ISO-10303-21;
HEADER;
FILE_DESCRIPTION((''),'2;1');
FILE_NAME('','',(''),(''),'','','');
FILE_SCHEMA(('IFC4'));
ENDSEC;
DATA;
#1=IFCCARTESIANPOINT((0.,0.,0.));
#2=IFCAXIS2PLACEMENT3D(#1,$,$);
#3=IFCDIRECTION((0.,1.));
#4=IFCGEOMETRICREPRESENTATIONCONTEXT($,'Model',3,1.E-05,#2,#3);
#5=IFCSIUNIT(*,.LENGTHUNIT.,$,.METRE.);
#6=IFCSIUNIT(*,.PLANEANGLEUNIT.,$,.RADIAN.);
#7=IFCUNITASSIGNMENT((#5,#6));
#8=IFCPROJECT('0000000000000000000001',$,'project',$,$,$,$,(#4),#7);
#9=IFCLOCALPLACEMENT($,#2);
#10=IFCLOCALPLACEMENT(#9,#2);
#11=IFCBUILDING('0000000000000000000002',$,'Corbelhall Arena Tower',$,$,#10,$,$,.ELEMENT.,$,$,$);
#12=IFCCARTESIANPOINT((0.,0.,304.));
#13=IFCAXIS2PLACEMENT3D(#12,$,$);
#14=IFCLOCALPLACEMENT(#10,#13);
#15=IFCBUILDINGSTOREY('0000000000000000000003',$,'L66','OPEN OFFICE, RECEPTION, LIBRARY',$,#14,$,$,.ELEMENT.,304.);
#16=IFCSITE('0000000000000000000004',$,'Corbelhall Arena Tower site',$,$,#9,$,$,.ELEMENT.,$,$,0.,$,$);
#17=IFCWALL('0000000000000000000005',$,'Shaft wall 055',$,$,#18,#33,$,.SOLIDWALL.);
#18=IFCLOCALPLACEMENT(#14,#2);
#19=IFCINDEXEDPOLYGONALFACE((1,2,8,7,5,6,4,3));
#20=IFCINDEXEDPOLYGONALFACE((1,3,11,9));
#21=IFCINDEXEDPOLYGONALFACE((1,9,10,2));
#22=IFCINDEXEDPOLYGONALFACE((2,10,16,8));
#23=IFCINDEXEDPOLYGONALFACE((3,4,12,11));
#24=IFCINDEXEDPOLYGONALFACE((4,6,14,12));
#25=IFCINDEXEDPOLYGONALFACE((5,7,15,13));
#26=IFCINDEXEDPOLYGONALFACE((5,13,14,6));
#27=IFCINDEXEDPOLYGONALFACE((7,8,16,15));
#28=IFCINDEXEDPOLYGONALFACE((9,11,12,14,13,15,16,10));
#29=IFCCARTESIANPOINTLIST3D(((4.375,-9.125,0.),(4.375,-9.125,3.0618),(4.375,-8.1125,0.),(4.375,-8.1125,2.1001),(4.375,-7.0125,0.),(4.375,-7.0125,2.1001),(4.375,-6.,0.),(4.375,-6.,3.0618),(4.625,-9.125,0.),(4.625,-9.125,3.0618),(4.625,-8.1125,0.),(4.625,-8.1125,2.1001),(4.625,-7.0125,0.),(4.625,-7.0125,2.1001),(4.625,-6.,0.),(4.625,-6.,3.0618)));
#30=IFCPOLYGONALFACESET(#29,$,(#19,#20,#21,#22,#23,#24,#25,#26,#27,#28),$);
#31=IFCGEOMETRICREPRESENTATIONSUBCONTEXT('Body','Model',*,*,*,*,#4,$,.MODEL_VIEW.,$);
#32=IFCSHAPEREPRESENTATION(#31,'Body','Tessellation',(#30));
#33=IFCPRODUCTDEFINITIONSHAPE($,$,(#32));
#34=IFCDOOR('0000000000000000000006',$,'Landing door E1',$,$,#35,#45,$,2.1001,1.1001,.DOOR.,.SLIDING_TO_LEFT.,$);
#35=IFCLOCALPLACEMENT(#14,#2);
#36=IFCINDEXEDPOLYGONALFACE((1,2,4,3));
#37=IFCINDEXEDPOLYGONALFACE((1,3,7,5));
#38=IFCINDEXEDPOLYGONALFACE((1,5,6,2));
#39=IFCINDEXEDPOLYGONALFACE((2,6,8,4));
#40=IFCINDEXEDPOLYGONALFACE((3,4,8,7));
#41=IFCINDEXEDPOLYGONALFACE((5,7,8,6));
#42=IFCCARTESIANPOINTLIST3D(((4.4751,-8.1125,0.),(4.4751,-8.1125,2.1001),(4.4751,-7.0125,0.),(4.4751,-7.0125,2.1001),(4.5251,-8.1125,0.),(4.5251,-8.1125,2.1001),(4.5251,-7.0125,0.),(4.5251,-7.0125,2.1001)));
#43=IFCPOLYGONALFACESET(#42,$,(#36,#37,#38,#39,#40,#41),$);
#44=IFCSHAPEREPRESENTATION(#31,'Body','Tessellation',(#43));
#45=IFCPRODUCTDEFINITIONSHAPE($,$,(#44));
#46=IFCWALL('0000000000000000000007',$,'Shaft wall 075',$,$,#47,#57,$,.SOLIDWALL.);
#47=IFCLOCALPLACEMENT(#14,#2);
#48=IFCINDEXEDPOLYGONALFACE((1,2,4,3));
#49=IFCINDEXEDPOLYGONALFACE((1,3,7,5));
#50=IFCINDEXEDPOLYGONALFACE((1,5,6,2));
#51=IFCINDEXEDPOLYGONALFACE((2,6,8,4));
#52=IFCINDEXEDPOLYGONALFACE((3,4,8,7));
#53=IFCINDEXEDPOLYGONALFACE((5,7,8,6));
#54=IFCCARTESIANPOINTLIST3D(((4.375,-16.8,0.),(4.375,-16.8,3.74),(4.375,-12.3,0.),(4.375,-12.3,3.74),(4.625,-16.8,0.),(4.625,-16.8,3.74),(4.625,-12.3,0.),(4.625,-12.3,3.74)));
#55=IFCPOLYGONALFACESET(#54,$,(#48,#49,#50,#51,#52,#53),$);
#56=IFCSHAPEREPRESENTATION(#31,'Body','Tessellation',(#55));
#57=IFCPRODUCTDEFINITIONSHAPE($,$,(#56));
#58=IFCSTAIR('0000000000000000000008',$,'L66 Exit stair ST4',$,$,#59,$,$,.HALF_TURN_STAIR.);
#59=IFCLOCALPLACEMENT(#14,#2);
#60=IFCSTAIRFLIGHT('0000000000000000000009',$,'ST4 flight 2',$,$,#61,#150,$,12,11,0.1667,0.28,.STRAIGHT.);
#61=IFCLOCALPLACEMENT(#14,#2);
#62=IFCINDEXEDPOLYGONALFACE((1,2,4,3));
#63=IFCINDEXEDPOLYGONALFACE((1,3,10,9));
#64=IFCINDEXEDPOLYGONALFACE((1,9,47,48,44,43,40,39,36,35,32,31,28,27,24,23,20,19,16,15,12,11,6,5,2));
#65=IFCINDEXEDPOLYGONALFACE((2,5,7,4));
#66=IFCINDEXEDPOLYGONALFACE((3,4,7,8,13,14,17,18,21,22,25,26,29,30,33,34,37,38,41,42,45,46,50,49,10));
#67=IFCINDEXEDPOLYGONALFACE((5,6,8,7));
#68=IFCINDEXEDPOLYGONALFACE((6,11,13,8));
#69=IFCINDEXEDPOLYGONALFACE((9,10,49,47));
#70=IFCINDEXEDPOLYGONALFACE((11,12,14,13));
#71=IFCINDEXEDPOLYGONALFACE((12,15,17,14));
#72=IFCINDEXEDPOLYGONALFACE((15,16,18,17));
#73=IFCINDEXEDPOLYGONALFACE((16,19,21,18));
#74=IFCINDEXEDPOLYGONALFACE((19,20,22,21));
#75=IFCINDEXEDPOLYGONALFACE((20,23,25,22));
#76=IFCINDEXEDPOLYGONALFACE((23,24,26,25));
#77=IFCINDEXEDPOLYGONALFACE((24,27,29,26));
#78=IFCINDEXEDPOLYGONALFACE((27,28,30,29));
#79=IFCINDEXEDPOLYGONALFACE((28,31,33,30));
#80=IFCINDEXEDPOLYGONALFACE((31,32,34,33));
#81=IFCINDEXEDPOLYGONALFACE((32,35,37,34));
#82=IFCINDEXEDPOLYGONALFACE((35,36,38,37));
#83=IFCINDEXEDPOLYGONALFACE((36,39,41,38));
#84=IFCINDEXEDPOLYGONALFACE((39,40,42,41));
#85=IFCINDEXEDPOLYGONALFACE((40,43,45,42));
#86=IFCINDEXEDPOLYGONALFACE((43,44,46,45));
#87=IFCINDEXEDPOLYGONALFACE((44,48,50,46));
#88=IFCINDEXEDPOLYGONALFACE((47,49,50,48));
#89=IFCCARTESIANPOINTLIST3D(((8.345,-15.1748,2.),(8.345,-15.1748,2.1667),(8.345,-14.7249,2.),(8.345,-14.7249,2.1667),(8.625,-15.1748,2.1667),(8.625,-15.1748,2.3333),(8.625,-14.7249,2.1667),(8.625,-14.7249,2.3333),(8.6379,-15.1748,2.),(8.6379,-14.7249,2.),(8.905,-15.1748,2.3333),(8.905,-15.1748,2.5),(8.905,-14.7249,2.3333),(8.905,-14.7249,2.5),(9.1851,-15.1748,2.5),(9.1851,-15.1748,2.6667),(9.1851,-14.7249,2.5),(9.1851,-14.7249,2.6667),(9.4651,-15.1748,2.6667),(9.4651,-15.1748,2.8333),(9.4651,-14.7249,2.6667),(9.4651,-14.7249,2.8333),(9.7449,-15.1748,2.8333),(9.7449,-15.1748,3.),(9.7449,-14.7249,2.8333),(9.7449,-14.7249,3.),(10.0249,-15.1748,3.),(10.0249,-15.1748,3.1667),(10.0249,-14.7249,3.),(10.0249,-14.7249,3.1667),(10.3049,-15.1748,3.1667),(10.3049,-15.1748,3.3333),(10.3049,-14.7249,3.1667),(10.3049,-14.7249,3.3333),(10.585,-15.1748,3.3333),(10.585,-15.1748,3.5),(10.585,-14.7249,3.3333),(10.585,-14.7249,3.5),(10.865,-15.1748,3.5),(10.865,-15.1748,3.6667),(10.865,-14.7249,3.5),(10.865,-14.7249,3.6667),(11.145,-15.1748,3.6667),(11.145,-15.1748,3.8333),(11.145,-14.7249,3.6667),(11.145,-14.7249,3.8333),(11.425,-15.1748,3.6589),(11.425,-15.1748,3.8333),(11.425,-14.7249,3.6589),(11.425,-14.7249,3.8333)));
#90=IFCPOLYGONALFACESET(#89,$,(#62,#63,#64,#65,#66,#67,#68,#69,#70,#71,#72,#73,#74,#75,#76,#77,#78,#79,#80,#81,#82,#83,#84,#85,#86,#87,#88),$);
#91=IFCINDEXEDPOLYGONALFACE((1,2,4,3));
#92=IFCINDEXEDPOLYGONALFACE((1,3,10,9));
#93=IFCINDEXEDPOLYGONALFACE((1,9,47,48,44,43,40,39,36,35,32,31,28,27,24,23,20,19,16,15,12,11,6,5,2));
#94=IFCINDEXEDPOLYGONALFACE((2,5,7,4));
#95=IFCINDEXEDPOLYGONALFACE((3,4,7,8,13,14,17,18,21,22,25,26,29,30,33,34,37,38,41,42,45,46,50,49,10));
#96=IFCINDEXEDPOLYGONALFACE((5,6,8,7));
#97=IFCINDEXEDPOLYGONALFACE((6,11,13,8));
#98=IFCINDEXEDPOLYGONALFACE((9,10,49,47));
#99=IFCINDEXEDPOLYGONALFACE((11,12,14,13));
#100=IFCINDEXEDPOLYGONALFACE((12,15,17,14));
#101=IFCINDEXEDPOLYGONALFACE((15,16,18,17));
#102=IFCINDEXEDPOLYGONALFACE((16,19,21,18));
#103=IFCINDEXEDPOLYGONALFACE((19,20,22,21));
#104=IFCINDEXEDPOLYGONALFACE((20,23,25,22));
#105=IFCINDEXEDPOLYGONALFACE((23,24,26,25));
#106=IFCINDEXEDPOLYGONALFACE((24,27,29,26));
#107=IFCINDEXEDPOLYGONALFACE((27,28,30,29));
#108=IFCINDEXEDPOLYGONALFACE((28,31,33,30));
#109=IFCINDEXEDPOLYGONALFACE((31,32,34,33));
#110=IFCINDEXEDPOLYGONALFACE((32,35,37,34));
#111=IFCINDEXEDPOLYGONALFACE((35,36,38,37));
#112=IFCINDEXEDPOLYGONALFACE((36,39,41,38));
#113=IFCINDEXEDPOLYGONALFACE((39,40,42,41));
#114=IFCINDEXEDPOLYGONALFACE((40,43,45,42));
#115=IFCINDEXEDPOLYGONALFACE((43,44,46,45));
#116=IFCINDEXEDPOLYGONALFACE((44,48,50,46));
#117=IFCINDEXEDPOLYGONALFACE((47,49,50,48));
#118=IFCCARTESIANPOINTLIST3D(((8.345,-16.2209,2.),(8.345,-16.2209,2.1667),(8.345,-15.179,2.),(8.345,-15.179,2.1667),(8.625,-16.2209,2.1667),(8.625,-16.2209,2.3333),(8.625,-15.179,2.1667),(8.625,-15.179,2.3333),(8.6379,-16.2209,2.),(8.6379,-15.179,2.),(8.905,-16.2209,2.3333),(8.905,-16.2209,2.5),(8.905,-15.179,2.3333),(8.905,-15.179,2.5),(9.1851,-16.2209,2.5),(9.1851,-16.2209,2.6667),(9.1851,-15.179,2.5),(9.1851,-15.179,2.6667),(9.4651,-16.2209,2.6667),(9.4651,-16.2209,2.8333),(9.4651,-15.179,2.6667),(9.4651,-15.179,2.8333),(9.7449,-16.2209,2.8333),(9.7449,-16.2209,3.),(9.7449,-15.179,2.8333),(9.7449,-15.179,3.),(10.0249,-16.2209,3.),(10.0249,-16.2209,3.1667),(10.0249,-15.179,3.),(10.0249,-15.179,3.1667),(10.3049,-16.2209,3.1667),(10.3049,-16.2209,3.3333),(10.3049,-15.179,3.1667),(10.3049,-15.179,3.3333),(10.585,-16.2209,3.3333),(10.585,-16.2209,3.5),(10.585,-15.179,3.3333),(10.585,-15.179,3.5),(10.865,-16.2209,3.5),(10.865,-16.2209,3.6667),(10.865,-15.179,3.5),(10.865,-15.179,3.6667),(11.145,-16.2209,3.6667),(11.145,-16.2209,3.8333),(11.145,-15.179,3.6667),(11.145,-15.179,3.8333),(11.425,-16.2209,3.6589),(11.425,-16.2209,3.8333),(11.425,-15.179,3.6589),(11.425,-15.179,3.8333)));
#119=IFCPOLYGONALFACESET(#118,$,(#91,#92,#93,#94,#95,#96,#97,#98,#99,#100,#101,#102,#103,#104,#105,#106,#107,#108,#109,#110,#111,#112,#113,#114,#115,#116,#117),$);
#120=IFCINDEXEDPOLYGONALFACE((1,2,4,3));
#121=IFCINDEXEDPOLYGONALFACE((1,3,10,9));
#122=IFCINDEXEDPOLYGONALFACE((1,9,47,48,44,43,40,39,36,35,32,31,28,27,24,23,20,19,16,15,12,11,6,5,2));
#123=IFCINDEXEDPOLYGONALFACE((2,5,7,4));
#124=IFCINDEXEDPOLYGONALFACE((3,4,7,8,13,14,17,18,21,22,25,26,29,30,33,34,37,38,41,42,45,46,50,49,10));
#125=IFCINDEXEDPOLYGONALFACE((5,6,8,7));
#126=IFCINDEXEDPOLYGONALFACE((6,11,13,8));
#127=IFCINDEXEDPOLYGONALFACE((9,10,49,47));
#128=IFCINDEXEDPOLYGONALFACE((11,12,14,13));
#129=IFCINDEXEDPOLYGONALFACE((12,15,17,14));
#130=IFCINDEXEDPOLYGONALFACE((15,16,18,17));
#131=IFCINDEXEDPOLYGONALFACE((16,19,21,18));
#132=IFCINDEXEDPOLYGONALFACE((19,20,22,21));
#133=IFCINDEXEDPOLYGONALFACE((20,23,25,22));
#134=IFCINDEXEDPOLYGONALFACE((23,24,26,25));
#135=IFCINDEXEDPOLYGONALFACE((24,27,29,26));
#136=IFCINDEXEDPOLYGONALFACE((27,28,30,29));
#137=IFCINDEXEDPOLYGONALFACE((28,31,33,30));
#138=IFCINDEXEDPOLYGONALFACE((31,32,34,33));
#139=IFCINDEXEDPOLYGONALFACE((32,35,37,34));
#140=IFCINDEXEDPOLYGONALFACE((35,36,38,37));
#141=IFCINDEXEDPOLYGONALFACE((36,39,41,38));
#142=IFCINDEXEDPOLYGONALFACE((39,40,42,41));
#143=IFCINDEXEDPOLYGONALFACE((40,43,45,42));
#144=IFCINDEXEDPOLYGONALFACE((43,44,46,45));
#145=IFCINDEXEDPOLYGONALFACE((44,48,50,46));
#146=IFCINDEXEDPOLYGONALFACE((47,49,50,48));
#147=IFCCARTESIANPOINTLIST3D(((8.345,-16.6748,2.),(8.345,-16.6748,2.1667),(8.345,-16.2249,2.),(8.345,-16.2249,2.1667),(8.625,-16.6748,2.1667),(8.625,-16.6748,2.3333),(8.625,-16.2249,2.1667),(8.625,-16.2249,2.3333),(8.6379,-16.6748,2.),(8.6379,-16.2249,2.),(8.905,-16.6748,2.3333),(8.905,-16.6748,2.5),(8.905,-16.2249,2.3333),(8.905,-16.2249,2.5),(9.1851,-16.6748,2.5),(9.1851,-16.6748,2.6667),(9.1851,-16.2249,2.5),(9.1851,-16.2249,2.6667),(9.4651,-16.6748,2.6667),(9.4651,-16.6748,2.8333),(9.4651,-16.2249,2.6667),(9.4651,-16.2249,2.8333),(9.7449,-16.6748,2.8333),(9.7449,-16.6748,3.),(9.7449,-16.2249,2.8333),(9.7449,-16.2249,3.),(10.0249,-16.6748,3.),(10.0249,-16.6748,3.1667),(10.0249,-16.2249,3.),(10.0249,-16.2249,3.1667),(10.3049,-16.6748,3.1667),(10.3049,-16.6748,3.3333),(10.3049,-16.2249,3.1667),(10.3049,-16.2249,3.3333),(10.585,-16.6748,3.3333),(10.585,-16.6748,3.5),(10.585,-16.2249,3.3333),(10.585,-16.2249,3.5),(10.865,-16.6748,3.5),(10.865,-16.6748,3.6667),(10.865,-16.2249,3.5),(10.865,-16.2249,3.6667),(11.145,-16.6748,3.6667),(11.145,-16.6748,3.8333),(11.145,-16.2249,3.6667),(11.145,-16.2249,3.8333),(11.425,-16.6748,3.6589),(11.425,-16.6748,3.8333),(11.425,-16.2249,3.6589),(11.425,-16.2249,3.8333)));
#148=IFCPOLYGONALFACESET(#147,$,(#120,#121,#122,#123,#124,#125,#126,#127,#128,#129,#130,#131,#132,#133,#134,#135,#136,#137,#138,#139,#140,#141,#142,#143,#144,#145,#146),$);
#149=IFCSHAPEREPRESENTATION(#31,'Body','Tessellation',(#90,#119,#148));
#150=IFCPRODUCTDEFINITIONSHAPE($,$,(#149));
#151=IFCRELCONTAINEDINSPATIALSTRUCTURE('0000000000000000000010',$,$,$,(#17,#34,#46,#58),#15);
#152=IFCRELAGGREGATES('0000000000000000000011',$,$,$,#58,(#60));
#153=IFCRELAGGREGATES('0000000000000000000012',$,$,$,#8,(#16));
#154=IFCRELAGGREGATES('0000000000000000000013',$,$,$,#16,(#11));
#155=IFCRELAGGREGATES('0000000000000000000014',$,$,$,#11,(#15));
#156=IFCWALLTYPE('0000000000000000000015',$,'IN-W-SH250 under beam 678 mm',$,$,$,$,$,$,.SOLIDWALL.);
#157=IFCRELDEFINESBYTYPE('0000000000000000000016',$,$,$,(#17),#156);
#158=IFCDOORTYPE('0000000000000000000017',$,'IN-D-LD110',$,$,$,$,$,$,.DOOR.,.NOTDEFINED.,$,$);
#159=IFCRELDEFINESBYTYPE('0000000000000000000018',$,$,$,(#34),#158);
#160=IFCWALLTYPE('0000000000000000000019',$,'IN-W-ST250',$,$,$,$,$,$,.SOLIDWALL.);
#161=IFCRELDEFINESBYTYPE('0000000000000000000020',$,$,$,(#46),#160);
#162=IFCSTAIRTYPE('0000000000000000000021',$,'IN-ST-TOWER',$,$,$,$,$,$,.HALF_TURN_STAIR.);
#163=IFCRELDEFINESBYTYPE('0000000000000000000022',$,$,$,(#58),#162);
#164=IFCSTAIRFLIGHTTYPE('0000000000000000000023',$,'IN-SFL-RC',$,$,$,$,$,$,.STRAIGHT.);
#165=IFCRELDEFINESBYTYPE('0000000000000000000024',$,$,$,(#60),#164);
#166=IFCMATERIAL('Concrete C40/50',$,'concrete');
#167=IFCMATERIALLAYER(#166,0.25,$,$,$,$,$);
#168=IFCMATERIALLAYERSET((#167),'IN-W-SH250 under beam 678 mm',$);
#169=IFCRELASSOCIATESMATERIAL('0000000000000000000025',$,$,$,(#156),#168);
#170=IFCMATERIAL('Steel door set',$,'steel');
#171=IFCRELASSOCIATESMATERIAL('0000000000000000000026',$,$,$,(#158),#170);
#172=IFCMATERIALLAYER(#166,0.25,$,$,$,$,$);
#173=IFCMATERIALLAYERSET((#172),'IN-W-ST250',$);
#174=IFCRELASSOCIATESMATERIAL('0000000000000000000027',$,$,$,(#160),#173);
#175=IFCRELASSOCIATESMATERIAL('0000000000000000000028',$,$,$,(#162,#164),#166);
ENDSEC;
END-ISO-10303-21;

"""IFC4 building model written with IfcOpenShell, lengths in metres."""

from ifc_helpers import new_model, si_unit, direction, frame, frame_2d, origin, place, context, subcontext, project, spatial, polyline, rectangle, outline, extrude, material, layer, layer_set, type_object, element, fill, aggregate, save


model = new_model("IFC4")

# Units and contexts
model_context = context("Model", 3, precision=1e-05, world=origin(), true_north=direction((0.0, 1.0)))
body_context = subcontext(model_context, "Body", "Model", "MODEL_VIEW")
ifc_project = project(units=[si_unit("LENGTHUNIT", "METRE"), si_unit("PLANEANGLEUNIT", "RADIAN")], contexts=[model_context])

# Site, building, storey
site_placement = place(None, origin())
site = spatial("IfcSite", under=ifc_project, at=site_placement, Name="Corbelhall Arena Tower site", CompositionType="ELEMENT", RefElevation=0.0)
building_placement = place(site_placement, origin())
building = spatial("IfcBuilding", under=site, at=building_placement, Name="Corbelhall Arena Tower", CompositionType="ELEMENT")
storey_placement = place(building_placement, frame((0.0, 0.0, 304.0)))
storey = spatial("IfcBuildingStorey", under=building, at=storey_placement, Name="L66", Description="OPEN OFFICE, RECEPTION, LIBRARY", CompositionType="ELEMENT", Elevation=304.0)

# Wall, opening, door
ifc_material_1 = material(Name="Concrete C40/50", Category="concrete")
ifc_layer_1 = layer(ifc_material_1, 0.25)
ifc_layer_set_1 = layer_set([ifc_layer_1], Name="IN-W-SH250 under beam 678 mm")
wall_type_1 = type_object("IfcWallType", Name="IN-W-SH250 under beam 678 mm", PredefinedType="SOLIDWALL", material=ifc_layer_set_1)
wall_1_placement = place(storey_placement, frame((4.5, -9.125, 0.0), z_axis=(0.0, 0.0, 1.0), x_axis=(0.0, 1.0, 0.0)))
wall_1 = element("IfcWall", 1, at=wall_1_placement, inside=storey, type_object=wall_type_1, Name="Shaft wall 055", PredefinedType="SOLIDWALL", context=body_context, shape_type="SweptSolid", body=[
    extrude(rectangle(XDim=3.125, YDim=0.25, at=frame_2d((1.5625, 0.0))), origin(), (0.0, 0.0, 1.0), 3.0618),
])
opening_1_placement = place(wall_1_placement, frame((1.0125, 0.0, 0.0)))
opening_1 = element("IfcOpeningElement", 2, at=opening_1_placement, cuts=wall_1, PredefinedType="OPENING", context=body_context, shape_type="SweptSolid", body=[
    extrude(rectangle(XDim=1.1001, YDim=2.1001, at=frame_2d((0.55, 1.05))), frame((0.0, 0.125, 0.0), z_axis=(0.0, -1.0, 0.0), x_axis=(1.0, 0.0, 0.0)), (0.0, 0.0, 1.0), 0.25),
])
ifc_material_2 = material(Name="Steel door set", Category="steel")
door_type = type_object("IfcDoorType", Name="IN-D-LD110", OperationType="NOTDEFINED", PredefinedType="DOOR", material=ifc_material_2)
door_placement = place(opening_1_placement, origin())
door = element("IfcDoor", 3, at=door_placement, inside=storey, type_object=door_type, Name="Landing door E1", OperationType="SLIDING_TO_LEFT", OverallHeight=2.1001, OverallWidth=1.1001, PredefinedType="DOOR", context=body_context, shape_type="SweptSolid", body=[
    extrude(rectangle(XDim=1.1001, YDim=2.1001, at=frame_2d((0.55, 1.05))), frame((0.0, 0.0249, 0.0), z_axis=(0.0, -1.0, 0.0), x_axis=(1.0, 0.0, 0.0)), (0.0, 0.0, 1.0), 0.05),
])
fill(opening_1, door)

# Wall
ifc_layer_2 = layer(ifc_material_1, 0.25)
ifc_layer_set_2 = layer_set([ifc_layer_2], Name="IN-W-ST250")
wall_type_2 = type_object("IfcWallType", Name="IN-W-ST250", PredefinedType="SOLIDWALL", material=ifc_layer_set_2)
wall_2_placement = place(storey_placement, frame((4.5, -16.8, 0.0), z_axis=(0.0, 0.0, 1.0), x_axis=(0.0, 1.0, 0.0)))
element("IfcWall", 4, at=wall_2_placement, inside=storey, type_object=wall_type_2, Name="Shaft wall 075", PredefinedType="SOLIDWALL", context=body_context, shape_type="SweptSolid", body=[
    extrude(rectangle(XDim=4.5, YDim=0.25, at=frame_2d((2.25, 0.0))), origin(), (0.0, 0.0, 1.0), 3.74),
])

# Stair, stair flight
stair_type = type_object("IfcStairType", Name="IN-ST-TOWER", PredefinedType="HALF_TURN_STAIR", material=ifc_material_1)
stair_placement = place(storey_placement, origin())
stair = element("IfcStair", 5, at=stair_placement, inside=storey, type_object=stair_type, Name="L66 Exit stair ST4", PredefinedType="HALF_TURN_STAIR")
stair_flight_type = type_object("IfcStairFlightType", Name="IN-SFL-RC", PredefinedType="STRAIGHT", material=ifc_material_1)
stair_flight_placement = place(storey_placement, frame((8.345, -15.7, 2.0), z_axis=(0.0, 0.0, 1.0), x_axis=(1.0, 0.0, 0.0)))
stair_flight = element("IfcStairFlight", 6, at=stair_flight_placement, type_object=stair_flight_type, Name="ST4 flight 2", NumberOfRisers=12, NumberOfTreads=11, PredefinedType="STRAIGHT", RiserHeight=0.1667, TreadLength=0.28, context=body_context, shape_type="SweptSolid", body=[
    extrude(outline(polyline([(0.0, 0.0), (0.0, 0.1667), (0.28, 0.1667), (0.28, 0.3333), (0.5601, 0.3333), (0.5601, 0.5), (0.8401, 0.5), (0.8401, 0.6667), (1.1201, 0.6667), (1.1201, 0.8333), (1.3999, 0.8333), (1.3999, 1.0), (1.6799, 1.0), (1.6799, 1.1667), (1.96, 1.1667), (1.96, 1.3333), (2.24, 1.3333), (2.24, 1.5), (2.52, 1.5), (2.52, 1.6667), (2.8, 1.6667), (2.8, 1.8333), (3.0801, 1.8333), (3.0801, 2.0), (3.0801, 1.6589), (0.293, 0.0), (0.0, 0.0)])), frame((0.0, 0.9751, 0.0), z_axis=(0.0, -1.0, 0.0), x_axis=(1.0, 0.0, 0.0)), (0.0, 0.0, 1.0), 0.45),
    extrude(outline(polyline([(0.0, 0.0), (0.0, 0.1667), (0.28, 0.1667), (0.28, 0.3333), (0.5601, 0.3333), (0.5601, 0.5), (0.8401, 0.5), (0.8401, 0.6667), (1.1201, 0.6667), (1.1201, 0.8333), (1.3999, 0.8333), (1.3999, 1.0), (1.6799, 1.0), (1.6799, 1.1667), (1.96, 1.1667), (1.96, 1.3333), (2.24, 1.3333), (2.24, 1.5), (2.52, 1.5), (2.52, 1.6667), (2.8, 1.6667), (2.8, 1.8333), (3.0801, 1.8333), (3.0801, 2.0), (3.0801, 1.6589), (0.293, 0.0), (0.0, 0.0)])), frame((0.0, 0.521, 0.0), z_axis=(0.0, -1.0, 0.0), x_axis=(1.0, 0.0, 0.0)), (0.0, 0.0, 1.0), 1.042),
    extrude(outline(polyline([(0.0, 0.0), (0.0, 0.1667), (0.28, 0.1667), (0.28, 0.3333), (0.5601, 0.3333), (0.5601, 0.5), (0.8401, 0.5), (0.8401, 0.6667), (1.1201, 0.6667), (1.1201, 0.8333), (1.3999, 0.8333), (1.3999, 1.0), (1.6799, 1.0), (1.6799, 1.1667), (1.96, 1.1667), (1.96, 1.3333), (2.24, 1.3333), (2.24, 1.5), (2.52, 1.5), (2.52, 1.6667), (2.8, 1.6667), (2.8, 1.8333), (3.0801, 1.8333), (3.0801, 2.0), (3.0801, 1.6589), (0.293, 0.0), (0.0, 0.0)])), frame((0.0, -0.5249, 0.0), z_axis=(0.0, -1.0, 0.0), x_axis=(1.0, 0.0, 0.0)), (0.0, 0.0, 1.0), 0.45),
])
aggregate(stair, [stair_flight])

save(model, "model.ifc")
